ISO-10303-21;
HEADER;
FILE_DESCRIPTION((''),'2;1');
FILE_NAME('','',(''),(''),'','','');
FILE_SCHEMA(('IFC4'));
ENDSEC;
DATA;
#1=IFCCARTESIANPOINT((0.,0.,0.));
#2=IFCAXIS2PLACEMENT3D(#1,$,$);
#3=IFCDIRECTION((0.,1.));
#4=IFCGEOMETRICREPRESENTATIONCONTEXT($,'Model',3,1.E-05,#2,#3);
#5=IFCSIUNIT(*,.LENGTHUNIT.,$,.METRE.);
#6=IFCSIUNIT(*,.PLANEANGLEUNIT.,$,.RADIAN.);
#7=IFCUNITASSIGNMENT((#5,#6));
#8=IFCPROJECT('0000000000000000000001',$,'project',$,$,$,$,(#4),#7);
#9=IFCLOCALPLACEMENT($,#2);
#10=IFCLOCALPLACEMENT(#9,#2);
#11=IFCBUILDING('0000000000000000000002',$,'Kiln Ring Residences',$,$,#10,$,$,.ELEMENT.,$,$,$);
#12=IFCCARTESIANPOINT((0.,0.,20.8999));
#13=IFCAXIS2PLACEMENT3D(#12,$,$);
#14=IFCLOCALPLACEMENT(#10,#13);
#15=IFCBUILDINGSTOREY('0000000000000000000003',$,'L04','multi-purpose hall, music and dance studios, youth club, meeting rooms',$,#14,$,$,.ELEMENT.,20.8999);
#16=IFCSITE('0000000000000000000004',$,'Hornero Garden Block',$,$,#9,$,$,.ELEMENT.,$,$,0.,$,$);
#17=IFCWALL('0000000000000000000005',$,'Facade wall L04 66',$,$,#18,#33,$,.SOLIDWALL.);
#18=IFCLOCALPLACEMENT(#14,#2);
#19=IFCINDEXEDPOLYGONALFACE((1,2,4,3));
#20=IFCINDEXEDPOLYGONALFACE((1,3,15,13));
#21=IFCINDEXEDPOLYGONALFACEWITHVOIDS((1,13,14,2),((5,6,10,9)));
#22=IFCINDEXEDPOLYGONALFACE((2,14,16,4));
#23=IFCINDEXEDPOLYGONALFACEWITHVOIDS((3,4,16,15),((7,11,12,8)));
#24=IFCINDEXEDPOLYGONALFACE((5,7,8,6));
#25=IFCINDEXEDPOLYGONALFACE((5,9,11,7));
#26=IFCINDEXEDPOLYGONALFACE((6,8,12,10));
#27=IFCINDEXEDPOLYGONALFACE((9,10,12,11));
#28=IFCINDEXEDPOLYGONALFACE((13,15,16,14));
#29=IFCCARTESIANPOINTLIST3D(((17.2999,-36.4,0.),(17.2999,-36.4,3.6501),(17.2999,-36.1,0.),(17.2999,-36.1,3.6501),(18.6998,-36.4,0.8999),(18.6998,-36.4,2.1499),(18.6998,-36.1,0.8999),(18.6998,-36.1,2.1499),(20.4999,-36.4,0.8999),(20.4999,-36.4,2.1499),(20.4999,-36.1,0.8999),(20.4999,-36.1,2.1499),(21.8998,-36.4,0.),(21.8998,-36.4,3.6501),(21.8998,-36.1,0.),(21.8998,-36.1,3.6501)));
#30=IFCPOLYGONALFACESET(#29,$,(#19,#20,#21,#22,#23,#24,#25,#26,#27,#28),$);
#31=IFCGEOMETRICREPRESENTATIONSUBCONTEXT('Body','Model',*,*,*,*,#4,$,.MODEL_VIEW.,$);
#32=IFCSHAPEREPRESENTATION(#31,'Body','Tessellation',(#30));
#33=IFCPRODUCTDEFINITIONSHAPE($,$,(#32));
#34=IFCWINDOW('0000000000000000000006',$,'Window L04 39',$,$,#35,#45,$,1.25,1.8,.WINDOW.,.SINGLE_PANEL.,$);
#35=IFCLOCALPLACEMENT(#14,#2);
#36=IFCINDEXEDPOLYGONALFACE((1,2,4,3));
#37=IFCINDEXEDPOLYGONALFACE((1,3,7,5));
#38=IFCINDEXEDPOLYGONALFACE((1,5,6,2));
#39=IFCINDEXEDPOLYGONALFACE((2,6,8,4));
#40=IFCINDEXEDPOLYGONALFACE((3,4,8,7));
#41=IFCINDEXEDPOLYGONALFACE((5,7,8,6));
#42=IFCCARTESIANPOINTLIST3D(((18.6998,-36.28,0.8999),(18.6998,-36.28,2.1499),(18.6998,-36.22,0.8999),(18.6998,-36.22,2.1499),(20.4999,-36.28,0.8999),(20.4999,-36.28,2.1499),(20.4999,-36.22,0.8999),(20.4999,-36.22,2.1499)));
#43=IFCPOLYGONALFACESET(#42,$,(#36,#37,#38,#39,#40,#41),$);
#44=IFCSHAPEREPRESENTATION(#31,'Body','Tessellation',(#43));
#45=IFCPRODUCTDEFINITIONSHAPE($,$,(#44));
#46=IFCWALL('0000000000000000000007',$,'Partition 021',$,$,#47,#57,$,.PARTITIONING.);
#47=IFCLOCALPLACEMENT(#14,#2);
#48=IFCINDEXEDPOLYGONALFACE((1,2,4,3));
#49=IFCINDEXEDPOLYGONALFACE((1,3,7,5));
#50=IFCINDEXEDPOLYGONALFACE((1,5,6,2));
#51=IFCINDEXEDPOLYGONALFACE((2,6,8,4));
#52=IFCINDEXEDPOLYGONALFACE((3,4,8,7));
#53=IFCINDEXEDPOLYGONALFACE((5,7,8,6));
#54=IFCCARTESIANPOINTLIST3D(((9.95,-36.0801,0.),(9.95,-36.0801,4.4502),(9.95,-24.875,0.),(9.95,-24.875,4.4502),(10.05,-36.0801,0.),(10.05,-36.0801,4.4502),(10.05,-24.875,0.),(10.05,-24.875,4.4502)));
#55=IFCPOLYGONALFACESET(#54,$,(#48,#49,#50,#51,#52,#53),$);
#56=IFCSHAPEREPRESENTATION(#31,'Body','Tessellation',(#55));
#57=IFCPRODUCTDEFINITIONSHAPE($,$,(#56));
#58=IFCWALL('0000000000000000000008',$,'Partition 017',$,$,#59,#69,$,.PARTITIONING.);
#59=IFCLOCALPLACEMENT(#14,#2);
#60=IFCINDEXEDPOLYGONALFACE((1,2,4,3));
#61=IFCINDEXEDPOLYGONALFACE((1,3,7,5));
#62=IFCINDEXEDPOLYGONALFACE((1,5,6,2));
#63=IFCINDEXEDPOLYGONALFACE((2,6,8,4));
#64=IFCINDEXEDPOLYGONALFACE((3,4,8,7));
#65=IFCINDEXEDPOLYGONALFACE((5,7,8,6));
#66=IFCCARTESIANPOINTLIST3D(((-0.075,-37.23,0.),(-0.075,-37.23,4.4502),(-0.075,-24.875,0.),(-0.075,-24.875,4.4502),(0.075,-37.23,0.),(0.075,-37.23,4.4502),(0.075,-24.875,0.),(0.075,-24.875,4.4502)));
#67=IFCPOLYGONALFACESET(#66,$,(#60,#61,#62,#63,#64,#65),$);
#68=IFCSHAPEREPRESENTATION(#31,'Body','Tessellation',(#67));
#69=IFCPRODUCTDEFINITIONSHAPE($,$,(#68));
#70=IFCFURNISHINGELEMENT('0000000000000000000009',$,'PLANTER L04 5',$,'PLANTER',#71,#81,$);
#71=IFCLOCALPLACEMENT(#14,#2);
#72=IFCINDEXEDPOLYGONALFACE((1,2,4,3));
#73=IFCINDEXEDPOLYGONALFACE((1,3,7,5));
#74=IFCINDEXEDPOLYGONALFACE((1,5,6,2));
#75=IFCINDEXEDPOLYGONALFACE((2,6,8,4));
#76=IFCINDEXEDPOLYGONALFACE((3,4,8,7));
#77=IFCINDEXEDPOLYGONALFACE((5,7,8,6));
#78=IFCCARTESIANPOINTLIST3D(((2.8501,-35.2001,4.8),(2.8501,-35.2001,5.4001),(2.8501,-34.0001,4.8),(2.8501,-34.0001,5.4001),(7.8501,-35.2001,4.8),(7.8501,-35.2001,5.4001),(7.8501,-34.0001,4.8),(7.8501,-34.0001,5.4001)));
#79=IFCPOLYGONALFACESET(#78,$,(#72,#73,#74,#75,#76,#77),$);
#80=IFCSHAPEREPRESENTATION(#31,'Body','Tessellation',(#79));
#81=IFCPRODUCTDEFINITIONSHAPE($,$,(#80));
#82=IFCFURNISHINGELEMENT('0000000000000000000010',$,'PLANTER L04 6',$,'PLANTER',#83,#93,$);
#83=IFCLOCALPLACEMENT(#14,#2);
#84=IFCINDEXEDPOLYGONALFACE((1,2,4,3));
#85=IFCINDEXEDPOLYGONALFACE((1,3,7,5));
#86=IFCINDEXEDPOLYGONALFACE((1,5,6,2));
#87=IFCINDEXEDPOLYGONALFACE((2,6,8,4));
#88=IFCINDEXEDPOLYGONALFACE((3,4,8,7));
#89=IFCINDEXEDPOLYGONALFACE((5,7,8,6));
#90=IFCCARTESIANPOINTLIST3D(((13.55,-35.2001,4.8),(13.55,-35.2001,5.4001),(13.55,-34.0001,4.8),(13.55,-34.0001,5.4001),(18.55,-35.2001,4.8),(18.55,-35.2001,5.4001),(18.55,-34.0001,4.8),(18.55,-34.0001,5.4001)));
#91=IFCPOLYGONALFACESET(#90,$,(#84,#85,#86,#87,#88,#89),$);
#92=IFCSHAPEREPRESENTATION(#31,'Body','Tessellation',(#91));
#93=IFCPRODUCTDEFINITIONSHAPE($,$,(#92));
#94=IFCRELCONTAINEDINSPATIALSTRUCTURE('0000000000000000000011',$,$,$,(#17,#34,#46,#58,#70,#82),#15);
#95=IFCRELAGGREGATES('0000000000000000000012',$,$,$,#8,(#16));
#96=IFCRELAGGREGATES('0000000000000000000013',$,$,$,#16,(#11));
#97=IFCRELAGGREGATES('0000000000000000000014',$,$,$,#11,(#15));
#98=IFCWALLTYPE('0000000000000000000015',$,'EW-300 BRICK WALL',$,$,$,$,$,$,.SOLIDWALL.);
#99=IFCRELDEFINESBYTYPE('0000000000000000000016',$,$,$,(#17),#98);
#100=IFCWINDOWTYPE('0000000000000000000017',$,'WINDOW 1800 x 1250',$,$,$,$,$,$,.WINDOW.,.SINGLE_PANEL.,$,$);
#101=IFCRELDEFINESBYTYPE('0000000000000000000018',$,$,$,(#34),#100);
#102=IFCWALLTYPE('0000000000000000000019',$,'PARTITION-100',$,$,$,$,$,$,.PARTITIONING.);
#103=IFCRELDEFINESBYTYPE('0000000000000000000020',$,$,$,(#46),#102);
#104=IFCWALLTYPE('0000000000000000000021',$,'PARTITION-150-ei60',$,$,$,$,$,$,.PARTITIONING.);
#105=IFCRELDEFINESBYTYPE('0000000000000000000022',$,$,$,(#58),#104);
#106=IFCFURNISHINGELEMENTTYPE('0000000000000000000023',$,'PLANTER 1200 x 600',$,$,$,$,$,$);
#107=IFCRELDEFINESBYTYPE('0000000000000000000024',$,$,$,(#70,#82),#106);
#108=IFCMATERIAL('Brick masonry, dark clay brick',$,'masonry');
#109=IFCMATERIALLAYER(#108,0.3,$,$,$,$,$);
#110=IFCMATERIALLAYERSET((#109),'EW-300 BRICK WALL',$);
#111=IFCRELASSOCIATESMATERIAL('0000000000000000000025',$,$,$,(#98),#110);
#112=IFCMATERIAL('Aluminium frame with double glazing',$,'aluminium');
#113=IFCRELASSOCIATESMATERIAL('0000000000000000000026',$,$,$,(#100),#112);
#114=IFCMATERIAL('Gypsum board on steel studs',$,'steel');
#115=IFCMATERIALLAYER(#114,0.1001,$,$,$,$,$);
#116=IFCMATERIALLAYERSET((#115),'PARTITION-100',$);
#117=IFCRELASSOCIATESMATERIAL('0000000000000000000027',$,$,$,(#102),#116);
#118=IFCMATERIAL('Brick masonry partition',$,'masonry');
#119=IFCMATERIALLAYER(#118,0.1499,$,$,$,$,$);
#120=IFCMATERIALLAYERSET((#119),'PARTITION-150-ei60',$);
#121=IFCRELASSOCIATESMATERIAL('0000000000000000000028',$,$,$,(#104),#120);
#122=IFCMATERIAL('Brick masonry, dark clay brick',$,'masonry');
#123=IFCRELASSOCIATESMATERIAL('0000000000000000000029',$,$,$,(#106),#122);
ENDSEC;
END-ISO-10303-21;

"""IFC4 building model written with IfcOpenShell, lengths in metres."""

from ifc_helpers import new_model, si_unit, direction, frame, frame_2d, origin, origin_2d, place, context, subcontext, project, spatial, rectangle, extrude, material, layer, layer_set, type_object, element, fill, save


model = new_model("IFC4")

# Units and contexts
model_context = context("Model", 3, precision=1e-05, world=origin(), true_north=direction((0.0, 1.0)))
body_context = subcontext(model_context, "Body", "Model", "MODEL_VIEW")
ifc_project = project(units=[si_unit("LENGTHUNIT", "METRE"), si_unit("PLANEANGLEUNIT", "RADIAN")], contexts=[model_context])

# Site, building, storey
site_placement = place(None, origin())
site = spatial("IfcSite", under=ifc_project, at=site_placement, Name="Hornero Garden Block", CompositionType="ELEMENT", RefElevation=0.0)
building_placement = place(site_placement, origin())
building = spatial("IfcBuilding", under=site, at=building_placement, Name="Kiln Ring Residences", CompositionType="ELEMENT")
storey_placement = place(building_placement, frame((0.0, 0.0, 20.8999)))
storey = spatial("IfcBuildingStorey", under=building, at=storey_placement, Name="L04", Description="multi-purpose hall, music and dance studios, youth club, meeting rooms", CompositionType="ELEMENT", Elevation=20.8999)

# Wall, opening, window
ifc_material_1 = material(Name="Brick masonry, dark clay brick", Category="masonry")
ifc_layer_1 = layer(ifc_material_1, 0.3)
ifc_layer_set_1 = layer_set([ifc_layer_1], Name="EW-300 BRICK WALL")
wall_type_1 = type_object("IfcWallType", Name="EW-300 BRICK WALL", PredefinedType="SOLIDWALL", material=ifc_layer_set_1)
ifc_material_2 = material(Name="Aluminium frame with double glazing", Category="aluminium")
window_type_1 = type_object("IfcWindowType", Name="WINDOW 1800 x 1250", PartitioningType="SINGLE_PANEL", PredefinedType="WINDOW", material=ifc_material_2)
wall_1_placement = place(storey_placement, frame((17.3, -36.25, 0.0), z_axis=(0.0, 0.0, 1.0), x_axis=(1.0, 0.0, 0.0)))
wall_1 = element("IfcWall", 1, at=wall_1_placement, inside=storey, type_object=wall_type_1, Name="Facade wall L04 66", PredefinedType="SOLIDWALL", context=body_context, shape_type="SweptSolid", body=[
    extrude(rectangle(XDim=4.5999, YDim=0.3, at=frame_2d((2.2998, 0.0))), origin(), (0.0, 0.0, 1.0), 3.6501),
])
opening_1_placement = place(wall_1_placement, frame((1.3999, 0.0, 0.8999)))
opening_1 = element("IfcOpeningElement", 2, at=opening_1_placement, cuts=wall_1, PredefinedType="OPENING", context=body_context, shape_type="SweptSolid", body=[
    extrude(rectangle(XDim=1.8, YDim=1.25, at=frame_2d((0.8999, 0.625))), frame((0.0, 0.1599, 0.0), z_axis=(0.0, -1.0, 0.0), x_axis=(1.0, 0.0, 0.0)), (0.0, 0.0, 1.0), 0.3201),
])
window_1_placement = place(opening_1_placement, origin())
window_1 = element("IfcWindow", 3, at=window_1_placement, inside=storey, type_object=window_type_1, Name="Window L04 39", OverallHeight=1.25, OverallWidth=1.8, PartitioningType="SINGLE_PANEL", PredefinedType="WINDOW", context=body_context, shape_type="SweptSolid", body=[
    extrude(rectangle(XDim=1.8, YDim=1.25, at=frame_2d((0.8999, 0.625))), frame((0.0, 0.03, 0.0), z_axis=(0.0, -1.0, 0.0), x_axis=(1.0, 0.0, 0.0)), (0.0, 0.0, 1.0), 0.0601),
])
fill(opening_1, window_1)

# Walls
ifc_material_3 = material(Name="Gypsum board on steel studs", Category="steel")
ifc_layer_2 = layer(ifc_material_3, 0.1001)
ifc_layer_set_2 = layer_set([ifc_layer_2], Name="PARTITION-100")
wall_type_2 = type_object("IfcWallType", Name="PARTITION-100", PredefinedType="PARTITIONING", material=ifc_layer_set_2)
wall_2_placement = place(storey_placement, frame((10.0, -36.0801, 0.0), z_axis=(0.0, 0.0, 1.0), x_axis=(0.0, 1.0, 0.0)))
element("IfcWall", 4, at=wall_2_placement, inside=storey, type_object=wall_type_2, Name="Partition 021", PredefinedType="PARTITIONING", context=body_context, shape_type="SweptSolid", body=[
    extrude(rectangle(XDim=11.2051, YDim=0.1001, at=frame_2d((5.6025, 0.0))), origin(), (0.0, 0.0, 1.0), 4.4502),
])
ifc_material_4 = material(Name="Brick masonry partition", Category="masonry")
ifc_layer_3 = layer(ifc_material_4, 0.1499)
ifc_layer_set_3 = layer_set([ifc_layer_3], Name="PARTITION-150-ei60")
wall_type_3 = type_object("IfcWallType", Name="PARTITION-150-ei60", PredefinedType="PARTITIONING", material=ifc_layer_set_3)
wall_3_placement = place(storey_placement, frame((0.0, -37.23, 0.0), z_axis=(0.0, 0.0, 1.0), x_axis=(0.0, 1.0, 0.0)))
element("IfcWall", 5, at=wall_3_placement, inside=storey, type_object=wall_type_3, Name="Partition 017", PredefinedType="PARTITIONING", context=body_context, shape_type="SweptSolid", body=[
    extrude(rectangle(XDim=12.355, YDim=0.1499, at=frame_2d((6.1775, 0.0))), origin(), (0.0, 0.0, 1.0), 4.4502),
])

# Furnishing elements
ifc_material_5 = material(Name="Brick masonry, dark clay brick", Category="masonry")
furnishing_element_type = type_object("IfcFurnishingElementType", Name="PLANTER 1200 x 600", material=ifc_material_5)
for number, where, z_axis, x_axis, name in (
    (6, (5.3501, -34.6001, 4.8), (0.0, 0.0, 1.0), (1.0, 0.0, 0.0), "PLANTER L04 5"),
    (7, (16.05, -34.6001, 4.8), (0.0, 0.0, 1.0), (1.0, 0.0, 0.0), "PLANTER L04 6"),
):
    element("IfcFurnishingElement", number, at=place(storey_placement, frame(where, z_axis=z_axis, x_axis=x_axis)), inside=storey, type_object=furnishing_element_type, Name=name, ObjectType="PLANTER", context=body_context, shape_type="SweptSolid", body=[
        extrude(rectangle(XDim=5.0, YDim=1.2, at=origin_2d()), origin(), (0.0, 0.0, 1.0), 0.6001),
    ])

save(model, "model.ifc")
